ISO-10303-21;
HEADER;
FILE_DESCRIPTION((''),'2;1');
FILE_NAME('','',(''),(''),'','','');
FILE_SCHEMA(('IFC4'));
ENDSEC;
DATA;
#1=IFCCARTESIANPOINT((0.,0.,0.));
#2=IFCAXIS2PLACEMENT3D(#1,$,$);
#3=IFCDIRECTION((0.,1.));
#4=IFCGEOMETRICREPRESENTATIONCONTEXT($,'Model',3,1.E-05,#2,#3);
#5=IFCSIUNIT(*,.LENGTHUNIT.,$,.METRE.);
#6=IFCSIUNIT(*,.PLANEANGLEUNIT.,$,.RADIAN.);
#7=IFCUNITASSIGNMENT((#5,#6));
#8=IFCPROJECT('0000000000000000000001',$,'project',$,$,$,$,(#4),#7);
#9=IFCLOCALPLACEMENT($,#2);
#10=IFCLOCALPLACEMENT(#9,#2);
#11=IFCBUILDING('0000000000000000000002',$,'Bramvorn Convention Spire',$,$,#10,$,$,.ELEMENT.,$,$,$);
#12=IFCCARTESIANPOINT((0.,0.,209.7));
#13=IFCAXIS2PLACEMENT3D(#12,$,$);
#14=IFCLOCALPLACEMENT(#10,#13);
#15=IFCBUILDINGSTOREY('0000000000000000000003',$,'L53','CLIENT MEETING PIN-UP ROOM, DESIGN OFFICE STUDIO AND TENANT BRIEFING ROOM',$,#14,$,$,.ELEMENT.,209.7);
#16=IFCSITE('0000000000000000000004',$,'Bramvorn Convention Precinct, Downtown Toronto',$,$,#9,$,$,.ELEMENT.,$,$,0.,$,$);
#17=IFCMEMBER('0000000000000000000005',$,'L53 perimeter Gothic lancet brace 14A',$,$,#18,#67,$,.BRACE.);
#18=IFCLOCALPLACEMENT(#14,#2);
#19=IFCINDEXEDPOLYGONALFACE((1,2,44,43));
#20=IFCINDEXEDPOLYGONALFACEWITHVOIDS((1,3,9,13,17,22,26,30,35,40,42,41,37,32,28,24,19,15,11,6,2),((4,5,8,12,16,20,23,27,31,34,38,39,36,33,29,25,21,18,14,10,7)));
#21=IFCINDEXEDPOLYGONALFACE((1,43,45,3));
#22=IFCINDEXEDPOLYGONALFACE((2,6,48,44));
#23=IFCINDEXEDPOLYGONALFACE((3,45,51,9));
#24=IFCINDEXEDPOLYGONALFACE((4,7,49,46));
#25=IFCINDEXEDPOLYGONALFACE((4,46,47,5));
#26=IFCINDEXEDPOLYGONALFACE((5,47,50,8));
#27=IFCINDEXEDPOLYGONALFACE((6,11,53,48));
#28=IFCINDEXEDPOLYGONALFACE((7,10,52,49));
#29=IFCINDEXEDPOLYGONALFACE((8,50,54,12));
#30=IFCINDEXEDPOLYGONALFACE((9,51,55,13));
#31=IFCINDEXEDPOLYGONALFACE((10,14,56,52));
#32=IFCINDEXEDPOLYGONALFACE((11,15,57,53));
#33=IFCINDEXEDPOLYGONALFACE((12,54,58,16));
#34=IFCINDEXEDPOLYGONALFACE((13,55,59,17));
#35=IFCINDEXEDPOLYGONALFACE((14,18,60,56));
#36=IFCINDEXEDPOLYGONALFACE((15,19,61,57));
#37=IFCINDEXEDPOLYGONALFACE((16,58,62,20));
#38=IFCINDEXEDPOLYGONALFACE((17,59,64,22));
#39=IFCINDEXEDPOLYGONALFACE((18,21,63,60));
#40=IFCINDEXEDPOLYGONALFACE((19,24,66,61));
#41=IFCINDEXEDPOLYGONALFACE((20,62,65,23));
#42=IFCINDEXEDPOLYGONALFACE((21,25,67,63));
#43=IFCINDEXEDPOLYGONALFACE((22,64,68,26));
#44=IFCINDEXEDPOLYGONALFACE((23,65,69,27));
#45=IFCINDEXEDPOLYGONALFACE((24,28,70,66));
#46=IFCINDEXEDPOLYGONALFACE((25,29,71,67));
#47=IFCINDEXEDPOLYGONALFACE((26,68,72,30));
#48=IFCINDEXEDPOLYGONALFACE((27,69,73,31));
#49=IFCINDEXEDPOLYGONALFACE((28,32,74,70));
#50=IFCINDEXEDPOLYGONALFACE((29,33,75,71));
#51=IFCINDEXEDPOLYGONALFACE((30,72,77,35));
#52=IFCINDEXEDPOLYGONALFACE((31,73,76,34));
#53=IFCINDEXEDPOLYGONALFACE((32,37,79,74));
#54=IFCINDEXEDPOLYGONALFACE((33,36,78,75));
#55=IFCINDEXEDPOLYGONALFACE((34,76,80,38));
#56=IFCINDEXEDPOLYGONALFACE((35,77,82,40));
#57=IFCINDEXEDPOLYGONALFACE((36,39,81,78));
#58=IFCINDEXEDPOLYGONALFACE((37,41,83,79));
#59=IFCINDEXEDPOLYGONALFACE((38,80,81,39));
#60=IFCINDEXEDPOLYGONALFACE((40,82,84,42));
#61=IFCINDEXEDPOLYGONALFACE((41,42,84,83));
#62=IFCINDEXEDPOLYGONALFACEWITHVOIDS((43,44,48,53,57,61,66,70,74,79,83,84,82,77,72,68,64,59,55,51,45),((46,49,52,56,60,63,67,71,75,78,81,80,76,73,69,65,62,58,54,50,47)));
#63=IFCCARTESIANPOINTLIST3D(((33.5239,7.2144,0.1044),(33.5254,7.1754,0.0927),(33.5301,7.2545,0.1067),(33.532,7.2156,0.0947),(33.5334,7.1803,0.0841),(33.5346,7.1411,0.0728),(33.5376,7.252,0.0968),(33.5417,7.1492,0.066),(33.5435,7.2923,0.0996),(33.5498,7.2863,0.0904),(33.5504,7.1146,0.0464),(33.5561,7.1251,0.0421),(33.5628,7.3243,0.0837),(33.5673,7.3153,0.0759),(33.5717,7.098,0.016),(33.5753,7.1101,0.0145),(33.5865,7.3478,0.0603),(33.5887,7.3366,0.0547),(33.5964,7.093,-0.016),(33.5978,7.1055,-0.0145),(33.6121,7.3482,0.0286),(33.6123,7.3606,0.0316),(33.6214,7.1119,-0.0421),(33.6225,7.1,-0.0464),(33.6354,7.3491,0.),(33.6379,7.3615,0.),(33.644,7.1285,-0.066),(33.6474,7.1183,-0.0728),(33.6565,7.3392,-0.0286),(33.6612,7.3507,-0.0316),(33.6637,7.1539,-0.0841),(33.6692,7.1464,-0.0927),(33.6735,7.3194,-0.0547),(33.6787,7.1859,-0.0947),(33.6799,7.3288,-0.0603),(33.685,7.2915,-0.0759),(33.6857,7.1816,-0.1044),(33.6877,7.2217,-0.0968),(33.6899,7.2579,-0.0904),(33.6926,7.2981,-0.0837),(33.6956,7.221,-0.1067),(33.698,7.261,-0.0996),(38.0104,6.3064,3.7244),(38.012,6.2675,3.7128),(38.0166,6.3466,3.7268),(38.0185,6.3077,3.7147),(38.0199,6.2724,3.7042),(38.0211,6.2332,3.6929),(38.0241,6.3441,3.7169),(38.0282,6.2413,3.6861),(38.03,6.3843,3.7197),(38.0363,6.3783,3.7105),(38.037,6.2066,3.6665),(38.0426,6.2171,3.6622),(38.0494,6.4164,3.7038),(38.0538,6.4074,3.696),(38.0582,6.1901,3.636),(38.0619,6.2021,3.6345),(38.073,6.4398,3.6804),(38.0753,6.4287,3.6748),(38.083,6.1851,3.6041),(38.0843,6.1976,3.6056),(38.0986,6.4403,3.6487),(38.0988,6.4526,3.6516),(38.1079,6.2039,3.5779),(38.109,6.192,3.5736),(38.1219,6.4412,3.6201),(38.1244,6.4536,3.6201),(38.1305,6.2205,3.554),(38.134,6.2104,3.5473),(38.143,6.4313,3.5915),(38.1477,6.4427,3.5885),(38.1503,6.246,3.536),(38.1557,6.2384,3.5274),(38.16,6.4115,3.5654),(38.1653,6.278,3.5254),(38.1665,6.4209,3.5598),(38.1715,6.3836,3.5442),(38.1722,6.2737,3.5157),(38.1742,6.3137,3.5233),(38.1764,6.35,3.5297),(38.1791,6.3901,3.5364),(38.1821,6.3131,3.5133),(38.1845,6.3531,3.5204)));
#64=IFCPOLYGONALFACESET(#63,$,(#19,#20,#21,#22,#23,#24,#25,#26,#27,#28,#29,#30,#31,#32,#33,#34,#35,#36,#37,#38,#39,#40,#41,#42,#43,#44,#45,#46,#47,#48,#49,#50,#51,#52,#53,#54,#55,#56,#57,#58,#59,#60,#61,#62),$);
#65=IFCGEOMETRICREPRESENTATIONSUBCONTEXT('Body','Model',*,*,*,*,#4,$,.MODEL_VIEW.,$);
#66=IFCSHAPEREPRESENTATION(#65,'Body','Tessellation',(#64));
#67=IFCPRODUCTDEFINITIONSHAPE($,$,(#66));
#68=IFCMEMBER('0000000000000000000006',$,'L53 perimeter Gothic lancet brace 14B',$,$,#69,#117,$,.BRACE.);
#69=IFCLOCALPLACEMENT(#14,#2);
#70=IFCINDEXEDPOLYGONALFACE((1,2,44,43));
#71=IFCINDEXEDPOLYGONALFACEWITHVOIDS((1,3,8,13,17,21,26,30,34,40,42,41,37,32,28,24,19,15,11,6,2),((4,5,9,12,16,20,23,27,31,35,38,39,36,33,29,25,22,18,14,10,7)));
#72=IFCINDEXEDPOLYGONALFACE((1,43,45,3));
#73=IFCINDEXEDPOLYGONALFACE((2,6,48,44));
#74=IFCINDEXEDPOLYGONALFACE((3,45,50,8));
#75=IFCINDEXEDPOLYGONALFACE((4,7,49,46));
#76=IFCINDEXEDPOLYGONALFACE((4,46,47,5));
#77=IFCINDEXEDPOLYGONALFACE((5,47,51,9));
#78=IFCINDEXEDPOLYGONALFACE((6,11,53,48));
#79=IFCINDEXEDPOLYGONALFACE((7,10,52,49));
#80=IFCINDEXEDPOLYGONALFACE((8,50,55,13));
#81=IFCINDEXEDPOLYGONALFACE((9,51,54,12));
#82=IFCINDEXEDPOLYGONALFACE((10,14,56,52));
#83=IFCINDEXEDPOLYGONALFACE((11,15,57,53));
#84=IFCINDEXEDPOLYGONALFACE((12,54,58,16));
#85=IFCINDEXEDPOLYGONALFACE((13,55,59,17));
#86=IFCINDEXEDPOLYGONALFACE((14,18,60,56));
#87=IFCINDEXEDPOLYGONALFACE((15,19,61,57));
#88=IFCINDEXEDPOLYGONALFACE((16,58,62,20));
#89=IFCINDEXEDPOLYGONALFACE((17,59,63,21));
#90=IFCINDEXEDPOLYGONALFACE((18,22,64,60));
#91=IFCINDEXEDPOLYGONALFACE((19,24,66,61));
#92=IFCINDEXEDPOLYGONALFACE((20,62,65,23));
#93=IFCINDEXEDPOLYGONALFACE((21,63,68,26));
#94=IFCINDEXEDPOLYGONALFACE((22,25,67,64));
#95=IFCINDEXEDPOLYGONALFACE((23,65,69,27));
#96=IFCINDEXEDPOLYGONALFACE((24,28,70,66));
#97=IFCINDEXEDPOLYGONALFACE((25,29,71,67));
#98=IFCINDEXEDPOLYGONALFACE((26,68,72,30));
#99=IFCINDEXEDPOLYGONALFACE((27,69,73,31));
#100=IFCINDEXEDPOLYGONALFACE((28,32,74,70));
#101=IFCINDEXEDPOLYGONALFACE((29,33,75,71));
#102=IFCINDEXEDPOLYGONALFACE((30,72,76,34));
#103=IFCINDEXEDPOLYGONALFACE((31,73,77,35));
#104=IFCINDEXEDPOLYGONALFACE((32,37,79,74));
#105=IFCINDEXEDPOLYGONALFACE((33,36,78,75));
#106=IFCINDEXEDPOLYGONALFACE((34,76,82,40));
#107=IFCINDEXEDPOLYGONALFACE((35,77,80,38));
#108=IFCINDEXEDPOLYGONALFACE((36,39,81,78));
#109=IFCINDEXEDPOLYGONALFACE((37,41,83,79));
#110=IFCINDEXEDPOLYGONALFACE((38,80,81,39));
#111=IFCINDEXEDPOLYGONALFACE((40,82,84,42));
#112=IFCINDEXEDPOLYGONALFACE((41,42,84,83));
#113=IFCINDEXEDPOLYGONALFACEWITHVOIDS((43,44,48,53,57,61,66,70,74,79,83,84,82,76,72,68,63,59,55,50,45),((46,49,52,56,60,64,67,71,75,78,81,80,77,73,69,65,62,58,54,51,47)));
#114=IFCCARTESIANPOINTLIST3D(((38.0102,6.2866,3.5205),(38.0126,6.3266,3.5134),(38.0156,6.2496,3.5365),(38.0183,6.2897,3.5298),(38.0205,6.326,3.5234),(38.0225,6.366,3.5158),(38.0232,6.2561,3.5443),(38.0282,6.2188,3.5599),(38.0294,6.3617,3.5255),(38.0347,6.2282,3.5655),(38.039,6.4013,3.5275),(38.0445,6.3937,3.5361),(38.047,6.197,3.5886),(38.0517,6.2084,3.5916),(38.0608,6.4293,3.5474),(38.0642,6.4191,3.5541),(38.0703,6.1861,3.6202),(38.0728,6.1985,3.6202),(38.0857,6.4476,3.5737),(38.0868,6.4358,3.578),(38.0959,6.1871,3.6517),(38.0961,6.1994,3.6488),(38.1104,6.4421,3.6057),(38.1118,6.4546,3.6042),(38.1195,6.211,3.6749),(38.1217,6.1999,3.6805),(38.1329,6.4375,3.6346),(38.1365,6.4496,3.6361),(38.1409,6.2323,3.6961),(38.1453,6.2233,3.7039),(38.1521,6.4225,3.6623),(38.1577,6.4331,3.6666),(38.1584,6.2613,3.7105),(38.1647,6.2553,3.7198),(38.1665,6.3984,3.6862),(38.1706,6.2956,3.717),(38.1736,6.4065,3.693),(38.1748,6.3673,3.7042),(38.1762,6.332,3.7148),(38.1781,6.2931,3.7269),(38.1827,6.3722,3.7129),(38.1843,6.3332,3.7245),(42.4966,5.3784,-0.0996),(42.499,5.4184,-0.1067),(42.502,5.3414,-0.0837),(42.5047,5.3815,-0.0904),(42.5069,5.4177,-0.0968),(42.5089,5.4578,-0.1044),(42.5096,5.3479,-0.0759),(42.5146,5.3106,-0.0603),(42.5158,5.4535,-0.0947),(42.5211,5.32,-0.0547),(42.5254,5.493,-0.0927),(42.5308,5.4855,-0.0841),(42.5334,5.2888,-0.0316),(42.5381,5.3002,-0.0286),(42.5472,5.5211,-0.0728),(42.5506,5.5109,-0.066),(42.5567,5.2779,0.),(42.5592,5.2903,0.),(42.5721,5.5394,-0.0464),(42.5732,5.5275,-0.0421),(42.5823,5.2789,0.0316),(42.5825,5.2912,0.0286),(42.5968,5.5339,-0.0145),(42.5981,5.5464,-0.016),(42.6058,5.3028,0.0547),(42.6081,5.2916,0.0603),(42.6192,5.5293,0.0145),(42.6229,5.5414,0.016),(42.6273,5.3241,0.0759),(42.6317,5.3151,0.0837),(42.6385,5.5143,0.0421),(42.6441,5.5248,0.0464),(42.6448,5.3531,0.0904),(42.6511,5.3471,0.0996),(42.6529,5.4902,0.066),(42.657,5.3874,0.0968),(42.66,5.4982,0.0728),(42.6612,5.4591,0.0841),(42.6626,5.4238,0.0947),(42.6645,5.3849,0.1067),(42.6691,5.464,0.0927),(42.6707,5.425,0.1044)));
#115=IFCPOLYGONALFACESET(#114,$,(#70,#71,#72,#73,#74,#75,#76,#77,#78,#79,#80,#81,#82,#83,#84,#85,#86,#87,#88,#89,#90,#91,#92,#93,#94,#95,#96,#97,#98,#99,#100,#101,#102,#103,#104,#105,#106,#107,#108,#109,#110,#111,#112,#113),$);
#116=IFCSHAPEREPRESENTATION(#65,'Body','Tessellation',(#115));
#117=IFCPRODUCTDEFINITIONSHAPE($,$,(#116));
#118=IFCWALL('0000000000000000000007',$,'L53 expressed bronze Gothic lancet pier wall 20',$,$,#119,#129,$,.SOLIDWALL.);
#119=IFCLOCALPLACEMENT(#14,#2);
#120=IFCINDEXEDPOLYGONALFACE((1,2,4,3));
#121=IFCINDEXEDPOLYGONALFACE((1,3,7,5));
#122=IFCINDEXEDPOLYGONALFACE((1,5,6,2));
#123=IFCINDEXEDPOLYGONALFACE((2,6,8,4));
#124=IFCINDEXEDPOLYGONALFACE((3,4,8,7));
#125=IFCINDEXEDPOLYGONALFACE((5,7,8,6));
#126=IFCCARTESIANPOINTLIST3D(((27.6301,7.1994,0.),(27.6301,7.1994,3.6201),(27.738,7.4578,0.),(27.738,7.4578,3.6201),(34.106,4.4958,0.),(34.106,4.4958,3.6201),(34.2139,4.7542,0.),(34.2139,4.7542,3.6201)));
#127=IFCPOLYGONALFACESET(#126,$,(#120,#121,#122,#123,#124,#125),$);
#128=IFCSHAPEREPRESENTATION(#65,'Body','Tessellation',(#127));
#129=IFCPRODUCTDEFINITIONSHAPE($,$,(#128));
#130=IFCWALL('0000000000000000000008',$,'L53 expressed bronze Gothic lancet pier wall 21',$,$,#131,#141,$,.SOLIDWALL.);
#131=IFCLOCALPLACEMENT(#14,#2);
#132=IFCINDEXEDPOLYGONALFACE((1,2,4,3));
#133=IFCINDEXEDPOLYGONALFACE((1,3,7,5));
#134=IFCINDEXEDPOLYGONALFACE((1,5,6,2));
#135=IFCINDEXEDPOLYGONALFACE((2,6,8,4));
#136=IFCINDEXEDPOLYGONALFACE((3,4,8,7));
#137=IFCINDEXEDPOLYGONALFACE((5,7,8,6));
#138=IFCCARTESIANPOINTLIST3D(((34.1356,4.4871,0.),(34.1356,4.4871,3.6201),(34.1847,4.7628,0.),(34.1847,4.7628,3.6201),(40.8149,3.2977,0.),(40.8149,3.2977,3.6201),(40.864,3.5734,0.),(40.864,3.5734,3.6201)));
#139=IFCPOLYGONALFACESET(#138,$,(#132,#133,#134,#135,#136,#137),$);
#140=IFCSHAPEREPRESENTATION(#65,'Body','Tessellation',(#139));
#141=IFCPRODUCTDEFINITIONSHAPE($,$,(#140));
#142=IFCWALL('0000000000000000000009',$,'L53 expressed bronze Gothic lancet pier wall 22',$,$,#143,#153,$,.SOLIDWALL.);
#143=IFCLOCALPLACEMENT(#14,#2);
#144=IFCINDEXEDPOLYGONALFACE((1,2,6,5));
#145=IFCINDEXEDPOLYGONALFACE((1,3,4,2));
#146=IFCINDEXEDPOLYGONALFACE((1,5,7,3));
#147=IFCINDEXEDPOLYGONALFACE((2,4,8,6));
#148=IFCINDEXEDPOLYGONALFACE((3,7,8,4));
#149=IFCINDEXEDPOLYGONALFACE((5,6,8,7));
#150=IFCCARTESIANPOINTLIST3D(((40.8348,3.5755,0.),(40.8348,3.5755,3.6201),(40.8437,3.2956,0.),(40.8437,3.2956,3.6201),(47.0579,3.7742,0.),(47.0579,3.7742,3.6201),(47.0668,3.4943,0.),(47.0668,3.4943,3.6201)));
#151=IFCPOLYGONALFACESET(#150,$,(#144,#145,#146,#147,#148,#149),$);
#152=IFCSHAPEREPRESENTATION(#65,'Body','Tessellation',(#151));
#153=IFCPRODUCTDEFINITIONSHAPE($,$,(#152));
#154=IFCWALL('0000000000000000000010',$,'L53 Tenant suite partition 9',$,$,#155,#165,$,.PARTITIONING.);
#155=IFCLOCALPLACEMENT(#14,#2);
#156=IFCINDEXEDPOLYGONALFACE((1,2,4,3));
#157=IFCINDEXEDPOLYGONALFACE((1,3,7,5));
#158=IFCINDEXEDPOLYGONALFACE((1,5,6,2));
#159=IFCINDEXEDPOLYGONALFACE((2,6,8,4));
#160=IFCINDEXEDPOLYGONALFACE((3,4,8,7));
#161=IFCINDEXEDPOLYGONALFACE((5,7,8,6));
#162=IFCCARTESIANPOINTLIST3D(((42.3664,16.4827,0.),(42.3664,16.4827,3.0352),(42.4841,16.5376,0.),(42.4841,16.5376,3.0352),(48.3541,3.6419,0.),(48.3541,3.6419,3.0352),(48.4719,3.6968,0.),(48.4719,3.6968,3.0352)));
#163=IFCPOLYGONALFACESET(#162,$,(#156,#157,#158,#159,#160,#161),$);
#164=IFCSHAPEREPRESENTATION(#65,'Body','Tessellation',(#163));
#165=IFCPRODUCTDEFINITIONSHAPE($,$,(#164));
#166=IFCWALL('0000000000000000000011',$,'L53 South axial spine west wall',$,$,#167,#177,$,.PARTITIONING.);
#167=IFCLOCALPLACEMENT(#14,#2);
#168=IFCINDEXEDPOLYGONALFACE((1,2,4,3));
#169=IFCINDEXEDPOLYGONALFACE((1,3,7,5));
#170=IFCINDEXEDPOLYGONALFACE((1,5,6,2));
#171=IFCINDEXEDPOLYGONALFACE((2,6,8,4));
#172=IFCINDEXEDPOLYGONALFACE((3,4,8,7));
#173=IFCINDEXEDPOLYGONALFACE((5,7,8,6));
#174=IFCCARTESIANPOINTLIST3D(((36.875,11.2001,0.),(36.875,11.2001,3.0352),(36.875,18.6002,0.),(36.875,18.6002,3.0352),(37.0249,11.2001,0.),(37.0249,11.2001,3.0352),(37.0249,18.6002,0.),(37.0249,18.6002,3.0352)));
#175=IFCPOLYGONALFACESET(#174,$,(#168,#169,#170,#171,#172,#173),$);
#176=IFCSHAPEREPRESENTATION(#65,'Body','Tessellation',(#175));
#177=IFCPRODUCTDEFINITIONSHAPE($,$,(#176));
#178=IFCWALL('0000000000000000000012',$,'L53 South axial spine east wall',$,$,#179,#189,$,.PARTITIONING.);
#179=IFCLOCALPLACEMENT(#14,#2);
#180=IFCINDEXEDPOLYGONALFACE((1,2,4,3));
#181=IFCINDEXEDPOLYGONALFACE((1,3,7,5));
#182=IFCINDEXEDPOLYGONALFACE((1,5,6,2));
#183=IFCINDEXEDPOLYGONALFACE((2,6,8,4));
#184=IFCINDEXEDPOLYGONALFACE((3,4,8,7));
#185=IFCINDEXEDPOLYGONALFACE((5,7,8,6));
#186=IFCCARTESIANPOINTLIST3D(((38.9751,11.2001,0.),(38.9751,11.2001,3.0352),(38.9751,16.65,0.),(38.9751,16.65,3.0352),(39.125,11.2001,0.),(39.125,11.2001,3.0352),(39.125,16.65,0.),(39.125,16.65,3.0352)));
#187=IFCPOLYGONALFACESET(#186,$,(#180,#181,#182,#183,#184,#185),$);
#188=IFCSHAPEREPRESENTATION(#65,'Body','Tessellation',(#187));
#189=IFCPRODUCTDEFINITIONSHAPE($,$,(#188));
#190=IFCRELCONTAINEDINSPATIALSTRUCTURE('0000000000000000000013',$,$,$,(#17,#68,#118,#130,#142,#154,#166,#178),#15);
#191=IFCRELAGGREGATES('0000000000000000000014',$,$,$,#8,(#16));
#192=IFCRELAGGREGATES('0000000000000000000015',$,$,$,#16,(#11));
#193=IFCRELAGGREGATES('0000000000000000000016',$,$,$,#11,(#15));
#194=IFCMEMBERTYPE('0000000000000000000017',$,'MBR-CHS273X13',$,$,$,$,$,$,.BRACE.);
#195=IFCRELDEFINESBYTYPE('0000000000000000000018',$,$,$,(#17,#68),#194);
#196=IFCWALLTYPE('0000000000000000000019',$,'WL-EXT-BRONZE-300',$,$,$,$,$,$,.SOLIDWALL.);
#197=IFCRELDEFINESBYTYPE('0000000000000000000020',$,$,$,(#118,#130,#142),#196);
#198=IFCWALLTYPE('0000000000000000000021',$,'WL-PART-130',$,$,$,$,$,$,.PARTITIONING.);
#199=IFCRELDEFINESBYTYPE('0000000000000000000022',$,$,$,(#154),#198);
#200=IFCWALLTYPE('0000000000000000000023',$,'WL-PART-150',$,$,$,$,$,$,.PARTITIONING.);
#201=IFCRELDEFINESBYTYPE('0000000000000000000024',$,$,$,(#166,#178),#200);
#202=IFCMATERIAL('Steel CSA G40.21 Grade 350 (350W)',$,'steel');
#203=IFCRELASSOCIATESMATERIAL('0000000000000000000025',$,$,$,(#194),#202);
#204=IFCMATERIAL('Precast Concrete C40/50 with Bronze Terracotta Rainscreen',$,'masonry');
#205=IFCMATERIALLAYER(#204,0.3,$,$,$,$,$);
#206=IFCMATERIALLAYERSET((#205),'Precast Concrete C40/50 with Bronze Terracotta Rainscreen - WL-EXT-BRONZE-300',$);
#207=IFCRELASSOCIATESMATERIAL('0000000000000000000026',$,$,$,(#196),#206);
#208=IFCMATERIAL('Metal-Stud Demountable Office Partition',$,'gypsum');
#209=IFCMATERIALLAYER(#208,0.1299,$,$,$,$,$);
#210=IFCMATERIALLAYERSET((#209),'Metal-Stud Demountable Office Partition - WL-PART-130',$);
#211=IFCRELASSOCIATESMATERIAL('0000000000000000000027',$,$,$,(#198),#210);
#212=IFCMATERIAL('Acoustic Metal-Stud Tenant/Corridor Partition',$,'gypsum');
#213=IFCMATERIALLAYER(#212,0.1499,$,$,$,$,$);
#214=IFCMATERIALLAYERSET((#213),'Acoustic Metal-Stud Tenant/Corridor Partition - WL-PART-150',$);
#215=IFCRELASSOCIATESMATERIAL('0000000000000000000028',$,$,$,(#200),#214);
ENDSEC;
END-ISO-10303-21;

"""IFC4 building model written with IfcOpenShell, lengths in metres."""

from ifc_helpers import new_model, si_unit, direction, frame, frame_2d, origin, origin_2d, place, context, subcontext, project, spatial, rectangle, hollow_circle, extrude, material, layer, layer_set, material_profile, profile_set, type_object, element, save


model = new_model("IFC4")

# Units and contexts
model_context = context("Model", 3, precision=1e-05, world=origin(), true_north=direction((0.0, 1.0)))
body_context = subcontext(model_context, "Body", "Model", "MODEL_VIEW")
ifc_project = project(units=[si_unit("LENGTHUNIT", "METRE"), si_unit("PLANEANGLEUNIT", "RADIAN")], contexts=[model_context])

# Site, building, storey
site_placement = place(None, origin())
site = spatial("IfcSite", under=ifc_project, at=site_placement, Name="Bramvorn Convention Precinct, Downtown Toronto", CompositionType="ELEMENT", RefElevation=0.0)
building_placement = place(site_placement, origin())
building = spatial("IfcBuilding", under=site, at=building_placement, Name="Bramvorn Convention Spire", CompositionType="ELEMENT")
storey_placement = place(building_placement, frame((0.0, 0.0, 209.7)))
storey = spatial("IfcBuildingStorey", under=building, at=storey_placement, Name="L53", Description="CLIENT MEETING PIN-UP ROOM, DESIGN OFFICE STUDIO AND TENANT BRIEFING ROOM", CompositionType="ELEMENT", Elevation=209.7)

# Shared definitions
ifc_material_1 = material(Name="Steel CSA G40.21 Grade 350 (350W)", Category="steel")

# Members
ifc_material_profile_1 = material_profile(ifc_material_1, hollow_circle(Radius=0.1365, WallThickness=0.0127, at=origin_2d()))
ifc_profile_set_1 = profile_set([ifc_material_profile_1], Name="Steel CSA G40.21 Grade 350 (350W) - CHS273X13")
member_type = type_object("IfcMemberType", Name="MBR-CHS273X13", PredefinedType="BRACE", material=ifc_profile_set_1)
for number, where, z_axis, x_axis, name in (
    (1, (33.6108, 7.2278, 0.0), (0.768774, -0.155579, 0.620307), (0.198352, 0.980131, 0.0), "L53 perimeter Gothic lancet brace 14A"),
    (2, (42.5837, 5.4116, 0.0), (-0.768752, 0.155625, 0.620323), (-0.198413, -0.980118, 0.0), "L53 perimeter Gothic lancet brace 14B"),
):
    element("IfcMember", number, at=place(storey_placement, frame(where, z_axis=z_axis, x_axis=x_axis)), inside=storey, type_object=member_type, Name=name, PredefinedType="BRACE", context=body_context, shape_type="SweptSolid", body=[
        extrude(hollow_circle(Radius=0.1365, WallThickness=0.0127, at=origin_2d()), origin(), (0.0, 0.0, 1.0), 5.8359),
    ])

# Walls
ifc_material_2 = material(Name="Precast Concrete C40/50 with Bronze Terracotta Rainscreen", Category="masonry")
ifc_layer_1 = layer(ifc_material_2, 0.3)
ifc_layer_set_1 = layer_set([ifc_layer_1], Name="Precast Concrete C40/50 with Bronze Terracotta Rainscreen - WL-EXT-BRONZE-300")
wall_type_1 = type_object("IfcWallType", Name="WL-EXT-BRONZE-300", PredefinedType="SOLIDWALL", material=ifc_layer_set_1)
wall_1_placement = place(storey_placement, frame((34.1599, 4.625, 0.0), z_axis=(0.0, 0.0, 1.0), x_axis=(-0.922806, 0.385265, 0.0)))
element("IfcWall", 3, at=wall_1_placement, inside=storey, type_object=wall_type_1, Name="L53 expressed bronze Gothic lancet pier wall 20", PredefinedType="SOLIDWALL", context=body_context, shape_type="SweptSolid", body=[
    extrude(rectangle(XDim=7.0176, YDim=0.28, at=frame_2d((3.5088, 0.0))), origin(), (0.0, 0.0, 1.0), 3.6201),
])
wall_2_placement = place(storey_placement, frame((40.8394, 3.4355, 0.0), z_axis=(0.0, 0.0, 1.0), x_axis=(-0.984512, 0.175319, 0.0)))
element("IfcWall", 4, at=wall_2_placement, inside=storey, type_object=wall_type_1, Name="L53 expressed bronze Gothic lancet pier wall 21", PredefinedType="SOLIDWALL", context=body_context, shape_type="SweptSolid", body=[
    extrude(rectangle(XDim=6.7844, YDim=0.28, at=frame_2d((3.3921, 0.0))), origin(), (0.0, 0.0, 1.0), 3.6201),
])
wall_3_placement = place(storey_placement, frame((47.0625, 3.6343, 0.0), z_axis=(0.0, 0.0, 1.0), x_axis=(-0.99949, -0.031918, 0.0)))
element("IfcWall", 5, at=wall_3_placement, inside=storey, type_object=wall_type_1, Name="L53 expressed bronze Gothic lancet pier wall 22", PredefinedType="SOLIDWALL", context=body_context, shape_type="SweptSolid", body=[
    extrude(rectangle(XDim=6.2263, YDim=0.28, at=frame_2d((3.1133, 0.0))), origin(), (0.0, 0.0, 1.0), 3.6201),
])
ifc_material_3 = material(Name="Metal-Stud Demountable Office Partition", Category="gypsum")
ifc_layer_2 = layer(ifc_material_3, 0.1299)
ifc_layer_set_2 = layer_set([ifc_layer_2], Name="Metal-Stud Demountable Office Partition - WL-PART-130")
wall_type_2 = type_object("IfcWallType", Name="WL-PART-130", PredefinedType="PARTITIONING", material=ifc_layer_set_2)
wall_4_placement = place(storey_placement, frame((42.4253, 16.51, 0.0), z_axis=(0.0, 0.0, 1.0), x_axis=(0.422619, -0.906307, 0.0)))
element("IfcWall", 6, at=wall_4_placement, inside=storey, type_object=wall_type_2, Name="L53 Tenant suite partition 9", PredefinedType="PARTITIONING", context=body_context, shape_type="SweptSolid", body=[
    extrude(rectangle(XDim=14.1682, YDim=0.1299, at=frame_2d((7.084, 0.0))), origin(), (0.0, 0.0, 1.0), 3.0352),
])
ifc_material_4 = material(Name="Acoustic Metal-Stud Tenant/Corridor Partition", Category="gypsum")
ifc_layer_3 = layer(ifc_material_4, 0.1499)
ifc_layer_set_3 = layer_set([ifc_layer_3], Name="Acoustic Metal-Stud Tenant/Corridor Partition - WL-PART-150")
wall_type_3 = type_object("IfcWallType", Name="WL-PART-150", PredefinedType="PARTITIONING", material=ifc_layer_set_3)
wall_5_placement = place(storey_placement, frame((36.95, 11.2, 0.0), z_axis=(0.0, 0.0, 1.0), x_axis=(0.0, 1.0, 0.0)))
element("IfcWall", 7, at=wall_5_placement, inside=storey, type_object=wall_type_3, Name="L53 South axial spine west wall", PredefinedType="PARTITIONING", context=body_context, shape_type="SweptSolid", body=[
    extrude(rectangle(XDim=7.4001, YDim=0.1499, at=frame_2d((3.7002, 0.0))), origin(), (0.0, 0.0, 1.0), 3.0352),
])
wall_6_placement = place(storey_placement, frame((39.05, 11.2, 0.0), z_axis=(0.0, 0.0, 1.0), x_axis=(0.0, 1.0, 0.0)))
element("IfcWall", 8, at=wall_6_placement, inside=storey, type_object=wall_type_3, Name="L53 South axial spine east wall", PredefinedType="PARTITIONING", context=body_context, shape_type="SweptSolid", body=[
    extrude(rectangle(XDim=5.45, YDim=0.1499, at=frame_2d((2.7251, 0.0))), origin(), (0.0, 0.0, 1.0), 3.0352),
])

save(model, "model.ifc")
